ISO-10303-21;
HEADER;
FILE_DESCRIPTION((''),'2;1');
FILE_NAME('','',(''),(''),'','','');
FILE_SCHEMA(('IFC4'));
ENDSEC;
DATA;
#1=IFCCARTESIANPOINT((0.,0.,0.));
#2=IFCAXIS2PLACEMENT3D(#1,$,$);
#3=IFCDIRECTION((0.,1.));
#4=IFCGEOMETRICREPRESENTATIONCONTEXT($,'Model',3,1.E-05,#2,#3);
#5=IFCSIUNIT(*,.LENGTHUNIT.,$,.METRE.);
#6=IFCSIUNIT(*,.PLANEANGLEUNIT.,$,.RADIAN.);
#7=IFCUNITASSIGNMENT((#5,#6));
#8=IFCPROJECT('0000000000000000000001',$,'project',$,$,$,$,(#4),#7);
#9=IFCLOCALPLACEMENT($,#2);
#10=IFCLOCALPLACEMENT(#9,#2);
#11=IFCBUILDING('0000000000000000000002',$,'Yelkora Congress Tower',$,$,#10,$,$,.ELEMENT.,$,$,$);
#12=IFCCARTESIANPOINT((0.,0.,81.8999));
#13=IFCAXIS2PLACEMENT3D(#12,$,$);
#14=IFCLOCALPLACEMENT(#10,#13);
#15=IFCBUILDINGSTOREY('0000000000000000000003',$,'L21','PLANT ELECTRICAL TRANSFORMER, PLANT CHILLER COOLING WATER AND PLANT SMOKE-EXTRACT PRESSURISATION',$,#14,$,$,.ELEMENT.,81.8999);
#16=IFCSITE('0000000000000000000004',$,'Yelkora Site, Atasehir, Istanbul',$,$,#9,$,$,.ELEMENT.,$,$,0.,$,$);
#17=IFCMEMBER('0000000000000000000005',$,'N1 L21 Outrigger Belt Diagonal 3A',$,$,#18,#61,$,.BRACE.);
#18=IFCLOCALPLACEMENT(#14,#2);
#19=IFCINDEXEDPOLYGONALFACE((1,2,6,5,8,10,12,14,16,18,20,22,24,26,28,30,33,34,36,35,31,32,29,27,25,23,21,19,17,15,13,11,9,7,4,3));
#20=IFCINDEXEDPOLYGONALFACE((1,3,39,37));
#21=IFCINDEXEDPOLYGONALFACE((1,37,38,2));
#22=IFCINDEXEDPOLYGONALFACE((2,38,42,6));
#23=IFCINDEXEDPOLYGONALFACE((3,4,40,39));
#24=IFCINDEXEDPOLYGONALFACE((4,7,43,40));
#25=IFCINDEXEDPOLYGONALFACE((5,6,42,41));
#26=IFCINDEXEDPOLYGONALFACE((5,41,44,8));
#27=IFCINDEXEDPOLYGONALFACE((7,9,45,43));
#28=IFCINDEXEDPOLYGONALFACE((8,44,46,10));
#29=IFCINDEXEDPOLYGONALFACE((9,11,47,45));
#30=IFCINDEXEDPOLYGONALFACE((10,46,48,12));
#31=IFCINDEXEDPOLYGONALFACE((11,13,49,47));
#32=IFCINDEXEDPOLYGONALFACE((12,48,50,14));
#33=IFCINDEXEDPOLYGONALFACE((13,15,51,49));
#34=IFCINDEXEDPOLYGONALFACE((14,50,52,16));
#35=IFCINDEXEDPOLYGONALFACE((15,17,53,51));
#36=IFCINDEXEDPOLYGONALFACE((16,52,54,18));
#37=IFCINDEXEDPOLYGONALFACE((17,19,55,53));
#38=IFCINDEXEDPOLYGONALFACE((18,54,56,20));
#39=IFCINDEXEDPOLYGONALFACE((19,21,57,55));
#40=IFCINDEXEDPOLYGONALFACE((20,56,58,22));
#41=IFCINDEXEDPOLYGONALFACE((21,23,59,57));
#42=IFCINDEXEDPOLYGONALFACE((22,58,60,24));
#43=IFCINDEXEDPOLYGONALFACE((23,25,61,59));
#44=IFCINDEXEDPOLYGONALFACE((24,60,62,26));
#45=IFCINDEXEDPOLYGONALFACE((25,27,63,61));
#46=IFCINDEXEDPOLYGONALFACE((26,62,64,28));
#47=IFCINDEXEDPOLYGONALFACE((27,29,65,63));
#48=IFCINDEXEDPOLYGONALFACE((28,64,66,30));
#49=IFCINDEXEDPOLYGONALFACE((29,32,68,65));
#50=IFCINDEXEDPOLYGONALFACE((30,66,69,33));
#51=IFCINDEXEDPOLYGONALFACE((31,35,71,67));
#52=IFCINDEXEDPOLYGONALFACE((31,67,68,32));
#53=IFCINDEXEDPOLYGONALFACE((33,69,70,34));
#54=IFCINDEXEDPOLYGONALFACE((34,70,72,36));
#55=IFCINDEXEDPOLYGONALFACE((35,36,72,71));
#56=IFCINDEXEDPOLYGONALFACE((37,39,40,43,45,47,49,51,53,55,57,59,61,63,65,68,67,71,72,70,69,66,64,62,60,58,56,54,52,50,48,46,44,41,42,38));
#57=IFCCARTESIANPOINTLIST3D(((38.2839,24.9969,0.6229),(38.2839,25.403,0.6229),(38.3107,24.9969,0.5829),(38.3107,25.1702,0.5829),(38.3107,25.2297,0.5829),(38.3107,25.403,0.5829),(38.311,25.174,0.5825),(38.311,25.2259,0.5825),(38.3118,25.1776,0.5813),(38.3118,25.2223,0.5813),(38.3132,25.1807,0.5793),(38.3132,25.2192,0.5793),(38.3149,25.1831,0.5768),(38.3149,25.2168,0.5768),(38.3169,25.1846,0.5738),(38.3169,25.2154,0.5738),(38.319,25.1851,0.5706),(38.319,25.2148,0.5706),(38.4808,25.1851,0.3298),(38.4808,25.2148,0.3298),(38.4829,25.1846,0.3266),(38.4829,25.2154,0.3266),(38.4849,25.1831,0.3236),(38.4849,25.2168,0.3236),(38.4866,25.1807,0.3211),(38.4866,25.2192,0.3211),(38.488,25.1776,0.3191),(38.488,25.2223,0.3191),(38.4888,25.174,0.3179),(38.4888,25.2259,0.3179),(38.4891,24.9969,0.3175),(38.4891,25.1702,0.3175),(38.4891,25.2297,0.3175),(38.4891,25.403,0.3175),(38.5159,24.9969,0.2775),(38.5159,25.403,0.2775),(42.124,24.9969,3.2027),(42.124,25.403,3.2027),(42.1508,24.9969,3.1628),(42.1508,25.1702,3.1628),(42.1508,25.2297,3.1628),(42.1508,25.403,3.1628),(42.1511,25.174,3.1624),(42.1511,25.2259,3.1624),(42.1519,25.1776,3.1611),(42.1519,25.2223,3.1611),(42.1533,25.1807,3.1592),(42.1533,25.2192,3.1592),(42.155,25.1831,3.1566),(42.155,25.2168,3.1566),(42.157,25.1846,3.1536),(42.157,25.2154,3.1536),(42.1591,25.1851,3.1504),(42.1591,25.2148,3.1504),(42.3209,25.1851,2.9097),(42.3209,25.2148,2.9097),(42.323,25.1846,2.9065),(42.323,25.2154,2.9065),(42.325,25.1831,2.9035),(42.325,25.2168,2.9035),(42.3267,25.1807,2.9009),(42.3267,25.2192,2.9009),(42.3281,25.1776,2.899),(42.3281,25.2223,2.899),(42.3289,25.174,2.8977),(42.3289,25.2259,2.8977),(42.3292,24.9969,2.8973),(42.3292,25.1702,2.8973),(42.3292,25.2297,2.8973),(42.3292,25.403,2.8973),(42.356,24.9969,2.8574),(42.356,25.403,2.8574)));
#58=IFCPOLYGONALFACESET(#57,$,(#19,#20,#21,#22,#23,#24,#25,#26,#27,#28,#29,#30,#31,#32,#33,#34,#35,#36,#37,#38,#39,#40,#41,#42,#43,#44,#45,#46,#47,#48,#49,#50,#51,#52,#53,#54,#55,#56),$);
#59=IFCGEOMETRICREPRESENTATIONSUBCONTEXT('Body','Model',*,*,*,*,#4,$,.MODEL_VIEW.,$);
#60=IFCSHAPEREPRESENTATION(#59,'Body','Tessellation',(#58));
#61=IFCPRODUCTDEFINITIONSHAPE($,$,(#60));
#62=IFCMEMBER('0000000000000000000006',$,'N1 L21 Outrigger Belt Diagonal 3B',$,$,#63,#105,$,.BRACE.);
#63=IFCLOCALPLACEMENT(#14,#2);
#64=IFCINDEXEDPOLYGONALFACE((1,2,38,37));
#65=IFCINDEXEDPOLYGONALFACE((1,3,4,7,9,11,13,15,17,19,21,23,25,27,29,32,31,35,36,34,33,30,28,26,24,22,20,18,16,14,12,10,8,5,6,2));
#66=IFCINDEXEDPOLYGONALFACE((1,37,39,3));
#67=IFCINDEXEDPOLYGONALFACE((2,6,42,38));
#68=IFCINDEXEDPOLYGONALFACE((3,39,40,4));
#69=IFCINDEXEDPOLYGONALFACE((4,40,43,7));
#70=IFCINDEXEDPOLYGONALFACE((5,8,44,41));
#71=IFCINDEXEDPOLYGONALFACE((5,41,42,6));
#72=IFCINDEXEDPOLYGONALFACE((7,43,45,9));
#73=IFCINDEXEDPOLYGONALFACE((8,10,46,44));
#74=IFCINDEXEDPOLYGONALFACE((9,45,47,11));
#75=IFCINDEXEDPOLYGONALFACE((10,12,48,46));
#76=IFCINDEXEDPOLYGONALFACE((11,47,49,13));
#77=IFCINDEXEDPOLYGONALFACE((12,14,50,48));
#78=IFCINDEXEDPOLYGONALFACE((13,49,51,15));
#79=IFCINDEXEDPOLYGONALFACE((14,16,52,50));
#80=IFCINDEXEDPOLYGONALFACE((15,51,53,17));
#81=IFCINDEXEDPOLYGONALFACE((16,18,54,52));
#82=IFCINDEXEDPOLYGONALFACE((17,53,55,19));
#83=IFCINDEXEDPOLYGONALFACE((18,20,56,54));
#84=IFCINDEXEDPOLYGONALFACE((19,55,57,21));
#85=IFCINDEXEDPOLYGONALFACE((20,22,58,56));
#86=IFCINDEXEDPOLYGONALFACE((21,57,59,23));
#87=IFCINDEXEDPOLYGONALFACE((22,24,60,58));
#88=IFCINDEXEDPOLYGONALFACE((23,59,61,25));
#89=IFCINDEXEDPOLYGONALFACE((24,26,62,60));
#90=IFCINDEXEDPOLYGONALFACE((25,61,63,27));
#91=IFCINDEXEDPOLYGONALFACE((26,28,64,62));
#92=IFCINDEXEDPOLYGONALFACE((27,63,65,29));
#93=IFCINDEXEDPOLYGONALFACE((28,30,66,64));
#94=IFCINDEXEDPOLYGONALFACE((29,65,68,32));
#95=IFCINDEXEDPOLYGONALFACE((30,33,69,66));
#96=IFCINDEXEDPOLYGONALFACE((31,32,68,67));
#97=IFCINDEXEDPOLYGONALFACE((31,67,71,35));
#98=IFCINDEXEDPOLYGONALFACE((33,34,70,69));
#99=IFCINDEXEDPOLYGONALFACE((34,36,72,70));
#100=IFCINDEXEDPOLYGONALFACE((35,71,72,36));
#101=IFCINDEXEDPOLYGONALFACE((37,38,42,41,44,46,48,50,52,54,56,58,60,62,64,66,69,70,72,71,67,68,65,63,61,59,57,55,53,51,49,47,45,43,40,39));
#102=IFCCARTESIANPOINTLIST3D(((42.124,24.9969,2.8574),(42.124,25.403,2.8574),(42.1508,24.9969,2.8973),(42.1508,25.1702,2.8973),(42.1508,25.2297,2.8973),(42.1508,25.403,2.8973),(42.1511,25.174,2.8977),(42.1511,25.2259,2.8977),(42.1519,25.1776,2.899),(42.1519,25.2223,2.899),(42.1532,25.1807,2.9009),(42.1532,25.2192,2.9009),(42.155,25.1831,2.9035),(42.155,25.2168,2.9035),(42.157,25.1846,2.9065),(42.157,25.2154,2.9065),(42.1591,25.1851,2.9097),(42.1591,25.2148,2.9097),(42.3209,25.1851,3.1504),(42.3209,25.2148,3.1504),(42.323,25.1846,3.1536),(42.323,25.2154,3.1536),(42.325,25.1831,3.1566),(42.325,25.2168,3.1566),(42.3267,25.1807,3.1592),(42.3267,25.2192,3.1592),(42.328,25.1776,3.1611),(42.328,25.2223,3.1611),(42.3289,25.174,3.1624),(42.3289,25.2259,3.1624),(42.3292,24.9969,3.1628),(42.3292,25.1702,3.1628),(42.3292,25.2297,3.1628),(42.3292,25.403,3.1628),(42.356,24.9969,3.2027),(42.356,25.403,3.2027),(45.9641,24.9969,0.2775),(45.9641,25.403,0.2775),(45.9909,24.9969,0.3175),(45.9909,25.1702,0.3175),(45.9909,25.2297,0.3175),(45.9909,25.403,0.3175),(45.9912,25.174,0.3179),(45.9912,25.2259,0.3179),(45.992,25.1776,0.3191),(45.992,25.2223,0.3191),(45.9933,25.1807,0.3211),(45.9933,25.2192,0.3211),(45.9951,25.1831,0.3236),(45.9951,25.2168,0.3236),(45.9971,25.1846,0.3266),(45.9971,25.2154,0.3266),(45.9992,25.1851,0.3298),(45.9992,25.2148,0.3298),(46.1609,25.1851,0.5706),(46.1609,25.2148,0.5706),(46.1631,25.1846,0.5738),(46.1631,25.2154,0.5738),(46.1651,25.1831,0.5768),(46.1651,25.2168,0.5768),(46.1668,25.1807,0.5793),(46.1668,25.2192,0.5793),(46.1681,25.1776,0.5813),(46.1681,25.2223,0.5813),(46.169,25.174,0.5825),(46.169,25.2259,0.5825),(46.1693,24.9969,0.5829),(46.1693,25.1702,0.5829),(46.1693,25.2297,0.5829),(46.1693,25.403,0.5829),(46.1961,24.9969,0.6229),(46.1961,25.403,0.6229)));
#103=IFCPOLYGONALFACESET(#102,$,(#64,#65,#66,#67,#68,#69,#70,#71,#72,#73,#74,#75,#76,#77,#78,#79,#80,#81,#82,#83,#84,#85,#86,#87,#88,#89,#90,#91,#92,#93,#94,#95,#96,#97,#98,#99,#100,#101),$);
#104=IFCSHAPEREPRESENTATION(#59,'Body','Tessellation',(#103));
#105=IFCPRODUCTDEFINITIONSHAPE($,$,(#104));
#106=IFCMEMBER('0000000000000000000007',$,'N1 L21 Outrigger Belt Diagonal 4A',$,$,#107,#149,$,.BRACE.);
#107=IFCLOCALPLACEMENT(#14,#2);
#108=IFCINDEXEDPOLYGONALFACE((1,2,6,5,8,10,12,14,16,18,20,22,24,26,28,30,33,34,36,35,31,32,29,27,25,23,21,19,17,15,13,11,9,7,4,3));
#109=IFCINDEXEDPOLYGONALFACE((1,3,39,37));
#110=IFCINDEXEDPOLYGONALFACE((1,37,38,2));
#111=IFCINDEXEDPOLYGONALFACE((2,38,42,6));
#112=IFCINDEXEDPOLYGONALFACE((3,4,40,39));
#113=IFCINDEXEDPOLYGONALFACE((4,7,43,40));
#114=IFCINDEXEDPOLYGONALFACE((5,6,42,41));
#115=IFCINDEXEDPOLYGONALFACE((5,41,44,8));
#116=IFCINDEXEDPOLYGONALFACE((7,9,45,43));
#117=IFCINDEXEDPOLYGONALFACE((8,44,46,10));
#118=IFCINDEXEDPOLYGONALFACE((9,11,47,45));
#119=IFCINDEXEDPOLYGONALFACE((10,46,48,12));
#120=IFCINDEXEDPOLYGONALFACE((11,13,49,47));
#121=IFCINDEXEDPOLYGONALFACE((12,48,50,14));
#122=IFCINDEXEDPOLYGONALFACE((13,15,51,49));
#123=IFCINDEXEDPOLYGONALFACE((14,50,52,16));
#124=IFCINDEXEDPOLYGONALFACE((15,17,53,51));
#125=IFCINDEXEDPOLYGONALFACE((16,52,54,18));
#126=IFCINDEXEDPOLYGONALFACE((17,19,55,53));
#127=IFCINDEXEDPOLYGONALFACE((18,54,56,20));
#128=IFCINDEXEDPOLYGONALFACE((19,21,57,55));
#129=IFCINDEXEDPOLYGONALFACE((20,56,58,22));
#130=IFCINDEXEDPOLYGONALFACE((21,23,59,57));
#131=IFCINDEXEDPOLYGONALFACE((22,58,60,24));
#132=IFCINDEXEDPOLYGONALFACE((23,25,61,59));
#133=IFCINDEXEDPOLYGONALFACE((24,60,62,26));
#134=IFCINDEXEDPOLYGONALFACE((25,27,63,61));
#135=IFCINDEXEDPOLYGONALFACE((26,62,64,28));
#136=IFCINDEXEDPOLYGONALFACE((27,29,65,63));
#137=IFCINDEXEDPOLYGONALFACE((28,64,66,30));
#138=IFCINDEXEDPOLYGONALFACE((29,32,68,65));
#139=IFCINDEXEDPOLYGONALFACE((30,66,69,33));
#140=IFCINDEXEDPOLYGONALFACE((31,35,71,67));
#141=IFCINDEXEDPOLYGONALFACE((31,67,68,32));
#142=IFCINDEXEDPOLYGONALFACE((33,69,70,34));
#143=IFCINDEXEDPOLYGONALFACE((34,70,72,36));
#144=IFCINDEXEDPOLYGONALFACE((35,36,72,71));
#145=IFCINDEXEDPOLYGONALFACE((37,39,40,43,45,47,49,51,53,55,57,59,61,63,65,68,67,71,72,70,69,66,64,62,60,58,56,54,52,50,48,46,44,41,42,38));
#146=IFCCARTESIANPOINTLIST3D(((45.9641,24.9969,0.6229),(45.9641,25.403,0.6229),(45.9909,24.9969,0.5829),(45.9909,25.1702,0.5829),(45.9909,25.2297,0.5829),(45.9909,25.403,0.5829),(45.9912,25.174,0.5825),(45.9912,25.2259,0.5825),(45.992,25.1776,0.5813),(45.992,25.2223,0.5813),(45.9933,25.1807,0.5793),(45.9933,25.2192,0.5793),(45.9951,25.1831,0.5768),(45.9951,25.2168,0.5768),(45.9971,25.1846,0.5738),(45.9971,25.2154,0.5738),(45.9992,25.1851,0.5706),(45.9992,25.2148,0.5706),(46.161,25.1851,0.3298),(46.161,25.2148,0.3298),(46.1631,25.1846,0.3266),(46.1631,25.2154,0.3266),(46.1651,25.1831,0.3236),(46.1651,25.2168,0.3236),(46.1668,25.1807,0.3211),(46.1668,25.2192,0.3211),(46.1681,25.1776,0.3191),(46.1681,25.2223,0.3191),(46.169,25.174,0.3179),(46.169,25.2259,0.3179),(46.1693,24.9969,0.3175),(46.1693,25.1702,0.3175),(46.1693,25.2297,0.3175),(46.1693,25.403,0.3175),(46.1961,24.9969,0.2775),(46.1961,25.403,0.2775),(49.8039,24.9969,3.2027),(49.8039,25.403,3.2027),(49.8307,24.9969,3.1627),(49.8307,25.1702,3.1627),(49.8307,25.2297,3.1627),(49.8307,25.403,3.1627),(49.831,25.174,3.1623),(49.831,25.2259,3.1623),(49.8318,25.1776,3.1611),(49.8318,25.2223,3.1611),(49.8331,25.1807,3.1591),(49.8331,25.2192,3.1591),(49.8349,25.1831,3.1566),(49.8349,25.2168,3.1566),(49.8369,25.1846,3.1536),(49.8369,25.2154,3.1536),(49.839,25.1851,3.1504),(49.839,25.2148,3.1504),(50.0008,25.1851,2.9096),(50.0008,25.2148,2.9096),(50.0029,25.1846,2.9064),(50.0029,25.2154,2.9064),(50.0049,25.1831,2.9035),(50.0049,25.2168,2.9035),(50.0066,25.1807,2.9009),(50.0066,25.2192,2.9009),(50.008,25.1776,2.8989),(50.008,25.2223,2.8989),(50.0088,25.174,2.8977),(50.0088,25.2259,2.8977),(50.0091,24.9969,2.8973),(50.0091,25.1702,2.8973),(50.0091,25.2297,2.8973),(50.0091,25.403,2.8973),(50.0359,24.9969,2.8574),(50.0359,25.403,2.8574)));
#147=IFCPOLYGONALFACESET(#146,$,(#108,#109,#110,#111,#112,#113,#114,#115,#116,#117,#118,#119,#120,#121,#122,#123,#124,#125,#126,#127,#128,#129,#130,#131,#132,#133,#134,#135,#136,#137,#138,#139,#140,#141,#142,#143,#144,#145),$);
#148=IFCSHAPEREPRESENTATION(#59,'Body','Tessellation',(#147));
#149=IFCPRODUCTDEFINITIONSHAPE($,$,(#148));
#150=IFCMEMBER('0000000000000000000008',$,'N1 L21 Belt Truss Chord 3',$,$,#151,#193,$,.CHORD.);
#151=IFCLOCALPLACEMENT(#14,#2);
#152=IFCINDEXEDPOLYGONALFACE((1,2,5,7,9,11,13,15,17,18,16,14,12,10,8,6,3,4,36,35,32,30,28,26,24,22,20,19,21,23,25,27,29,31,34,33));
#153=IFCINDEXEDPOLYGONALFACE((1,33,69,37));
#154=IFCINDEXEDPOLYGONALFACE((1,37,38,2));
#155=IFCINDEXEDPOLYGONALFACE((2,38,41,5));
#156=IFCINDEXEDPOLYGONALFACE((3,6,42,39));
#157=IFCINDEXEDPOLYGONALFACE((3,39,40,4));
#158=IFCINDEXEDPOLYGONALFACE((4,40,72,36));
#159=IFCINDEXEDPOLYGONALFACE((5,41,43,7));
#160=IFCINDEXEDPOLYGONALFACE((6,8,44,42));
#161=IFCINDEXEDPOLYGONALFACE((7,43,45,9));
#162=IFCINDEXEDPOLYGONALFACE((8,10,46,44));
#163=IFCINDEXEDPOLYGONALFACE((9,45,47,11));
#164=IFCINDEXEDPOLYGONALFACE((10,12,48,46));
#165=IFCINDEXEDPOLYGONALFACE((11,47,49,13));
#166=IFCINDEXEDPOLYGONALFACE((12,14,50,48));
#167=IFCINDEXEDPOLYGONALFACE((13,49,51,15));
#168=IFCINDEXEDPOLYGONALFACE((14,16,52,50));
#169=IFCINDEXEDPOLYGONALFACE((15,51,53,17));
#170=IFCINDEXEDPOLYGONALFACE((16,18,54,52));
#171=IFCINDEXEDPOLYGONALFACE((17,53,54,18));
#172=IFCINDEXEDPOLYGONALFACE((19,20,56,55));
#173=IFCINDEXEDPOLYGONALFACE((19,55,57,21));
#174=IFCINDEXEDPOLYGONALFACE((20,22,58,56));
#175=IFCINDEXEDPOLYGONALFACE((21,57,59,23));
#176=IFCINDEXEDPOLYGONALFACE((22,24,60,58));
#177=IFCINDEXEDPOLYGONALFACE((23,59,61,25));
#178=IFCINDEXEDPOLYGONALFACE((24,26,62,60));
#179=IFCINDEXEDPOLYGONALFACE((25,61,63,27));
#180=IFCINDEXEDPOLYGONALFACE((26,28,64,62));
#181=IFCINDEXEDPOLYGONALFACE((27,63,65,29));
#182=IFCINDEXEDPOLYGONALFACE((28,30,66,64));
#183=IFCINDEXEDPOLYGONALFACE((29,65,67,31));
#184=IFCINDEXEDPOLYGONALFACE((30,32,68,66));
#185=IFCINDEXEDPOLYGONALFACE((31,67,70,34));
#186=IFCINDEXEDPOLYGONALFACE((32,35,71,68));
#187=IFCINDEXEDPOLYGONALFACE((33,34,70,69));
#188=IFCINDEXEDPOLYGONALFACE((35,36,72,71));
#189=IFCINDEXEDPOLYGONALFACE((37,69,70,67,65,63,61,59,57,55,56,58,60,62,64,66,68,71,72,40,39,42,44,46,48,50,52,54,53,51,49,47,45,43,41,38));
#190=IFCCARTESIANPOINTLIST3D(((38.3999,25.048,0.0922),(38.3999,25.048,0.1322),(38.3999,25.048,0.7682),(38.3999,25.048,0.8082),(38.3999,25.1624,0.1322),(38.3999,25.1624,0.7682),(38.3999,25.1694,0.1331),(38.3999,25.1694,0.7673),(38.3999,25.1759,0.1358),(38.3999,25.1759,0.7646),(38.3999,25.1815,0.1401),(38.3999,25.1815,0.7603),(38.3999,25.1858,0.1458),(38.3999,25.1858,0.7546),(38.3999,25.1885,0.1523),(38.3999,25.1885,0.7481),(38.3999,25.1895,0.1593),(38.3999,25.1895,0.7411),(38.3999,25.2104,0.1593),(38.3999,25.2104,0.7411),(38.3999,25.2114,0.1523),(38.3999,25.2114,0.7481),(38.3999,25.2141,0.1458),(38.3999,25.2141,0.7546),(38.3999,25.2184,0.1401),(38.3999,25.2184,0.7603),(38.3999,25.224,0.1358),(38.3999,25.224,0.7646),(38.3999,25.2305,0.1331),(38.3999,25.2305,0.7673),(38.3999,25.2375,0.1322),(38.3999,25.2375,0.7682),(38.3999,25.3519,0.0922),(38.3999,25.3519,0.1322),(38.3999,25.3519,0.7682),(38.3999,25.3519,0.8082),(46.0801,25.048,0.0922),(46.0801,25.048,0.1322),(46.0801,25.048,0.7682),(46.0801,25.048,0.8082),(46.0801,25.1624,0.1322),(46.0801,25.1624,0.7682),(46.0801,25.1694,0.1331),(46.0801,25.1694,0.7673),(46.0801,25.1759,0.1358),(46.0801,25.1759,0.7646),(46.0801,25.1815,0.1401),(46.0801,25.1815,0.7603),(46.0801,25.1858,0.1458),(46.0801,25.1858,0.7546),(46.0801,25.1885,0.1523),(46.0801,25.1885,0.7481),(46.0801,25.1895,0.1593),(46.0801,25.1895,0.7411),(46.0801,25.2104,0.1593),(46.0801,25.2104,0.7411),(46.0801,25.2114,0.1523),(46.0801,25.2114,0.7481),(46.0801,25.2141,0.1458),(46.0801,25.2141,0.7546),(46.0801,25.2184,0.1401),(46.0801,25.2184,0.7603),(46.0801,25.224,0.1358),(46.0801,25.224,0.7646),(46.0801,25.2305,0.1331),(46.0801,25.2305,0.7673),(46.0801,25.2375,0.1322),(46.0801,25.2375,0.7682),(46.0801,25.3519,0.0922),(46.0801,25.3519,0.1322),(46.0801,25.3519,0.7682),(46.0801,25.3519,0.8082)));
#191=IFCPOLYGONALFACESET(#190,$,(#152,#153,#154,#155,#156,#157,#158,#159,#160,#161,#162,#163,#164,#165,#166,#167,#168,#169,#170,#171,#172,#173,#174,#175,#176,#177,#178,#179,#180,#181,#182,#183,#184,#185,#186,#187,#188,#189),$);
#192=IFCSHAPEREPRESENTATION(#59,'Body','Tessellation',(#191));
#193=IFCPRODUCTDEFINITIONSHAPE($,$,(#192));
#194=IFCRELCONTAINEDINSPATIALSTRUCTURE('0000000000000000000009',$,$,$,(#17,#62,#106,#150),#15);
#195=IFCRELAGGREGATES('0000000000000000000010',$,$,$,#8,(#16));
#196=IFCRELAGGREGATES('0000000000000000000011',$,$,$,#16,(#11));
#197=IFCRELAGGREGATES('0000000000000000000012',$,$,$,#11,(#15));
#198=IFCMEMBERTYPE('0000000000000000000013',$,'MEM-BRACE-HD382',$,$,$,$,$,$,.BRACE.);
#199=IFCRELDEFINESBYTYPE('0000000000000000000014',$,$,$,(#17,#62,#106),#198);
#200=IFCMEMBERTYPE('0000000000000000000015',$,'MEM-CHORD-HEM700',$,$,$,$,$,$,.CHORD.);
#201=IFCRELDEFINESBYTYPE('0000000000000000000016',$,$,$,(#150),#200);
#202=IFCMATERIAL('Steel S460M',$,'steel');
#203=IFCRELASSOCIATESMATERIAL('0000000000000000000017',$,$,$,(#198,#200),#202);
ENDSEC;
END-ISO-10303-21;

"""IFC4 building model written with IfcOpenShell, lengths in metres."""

from ifc_helpers import new_model, si_unit, direction, frame, origin, origin_2d, place, context, subcontext, project, spatial, i_section, extrude, material, material_profile, profile_set, type_object, element, save


model = new_model("IFC4")

# Units and contexts
model_context = context("Model", 3, precision=1e-05, world=origin(), true_north=direction((0.0, 1.0)))
body_context = subcontext(model_context, "Body", "Model", "MODEL_VIEW")
ifc_project = project(units=[si_unit("LENGTHUNIT", "METRE"), si_unit("PLANEANGLEUNIT", "RADIAN")], contexts=[model_context])

# Site, building, storey
site_placement = place(None, origin())
site = spatial("IfcSite", under=ifc_project, at=site_placement, Name="Yelkora Site, Atasehir, Istanbul", CompositionType="ELEMENT", RefElevation=0.0)
building_placement = place(site_placement, origin())
building = spatial("IfcBuilding", under=site, at=building_placement, Name="Yelkora Congress Tower", CompositionType="ELEMENT")
storey_placement = place(building_placement, frame((0.0, 0.0, 81.8999)))
storey = spatial("IfcBuildingStorey", under=building, at=storey_placement, Name="L21", Description="PLANT ELECTRICAL TRANSFORMER, PLANT CHILLER COOLING WATER AND PLANT SMOKE-EXTRACT PRESSURISATION", CompositionType="ELEMENT", Elevation=81.8999)

# Shared definitions
ifc_material_1 = material(Name="Steel S460M", Category="steel")

# Members
ifc_material_profile_1 = material_profile(ifc_material_1, i_section(OverallWidth=0.406, OverallDepth=0.416, WebThickness=0.0298, FlangeThickness=0.0481, FilletRadius=0.0149, at=origin_2d()), Name="HD 400x382")
ifc_profile_set_1 = profile_set([ifc_material_profile_1], Name="Steel S460M")
member_type_1 = type_object("IfcMemberType", Name="MEM-BRACE-HD382", PredefinedType="BRACE", material=ifc_profile_set_1)
for number, where, z_axis, x_axis, name in (
    (1, (38.3999, 25.2, 0.4502), (0.830072, 0.0, 0.557656), (0.0, 1.0, 0.0), "N1 L21 Outrigger Belt Diagonal 3A"),
    (2, (46.0801, 25.2, 0.4502), (-0.830072, 0.0, 0.557656), (0.0, -1.0, 0.0), "N1 L21 Outrigger Belt Diagonal 3B"),
):
    element("IfcMember", number, at=place(storey_placement, frame(where, z_axis=z_axis, x_axis=x_axis)), inside=storey, type_object=member_type_1, Name=name, PredefinedType="BRACE", context=body_context, shape_type="SweptSolid", body=[
        extrude(i_section(OverallWidth=0.406, OverallDepth=0.416, WebThickness=0.0298, FlangeThickness=0.0481, FilletRadius=0.0149, at=origin_2d()), origin(), (0.0, 0.0, 1.0), 4.6262),
    ])
member_1_placement = place(storey_placement, frame((46.0801, 25.2, 0.4502), z_axis=(0.830056, 0.0, 0.55768), x_axis=(0.0, 1.0, 0.0)))
element("IfcMember", 3, at=member_1_placement, inside=storey, type_object=member_type_1, Name="N1 L21 Outrigger Belt Diagonal 4A", PredefinedType="BRACE", context=body_context, shape_type="SweptSolid", body=[
    extrude(i_section(OverallWidth=0.406, OverallDepth=0.416, WebThickness=0.0298, FlangeThickness=0.0481, FilletRadius=0.0149, at=origin_2d()), origin(), (0.0, 0.0, 1.0), 4.626),
])
ifc_material_profile_2 = material_profile(ifc_material_1, i_section(OverallWidth=0.304, OverallDepth=0.7161, WebThickness=0.021, FlangeThickness=0.04, FilletRadius=0.0271, at=origin_2d()), Name="HEM 700")
ifc_profile_set_2 = profile_set([ifc_material_profile_2], Name="Steel S460M")
member_type_2 = type_object("IfcMemberType", Name="MEM-CHORD-HEM700", PredefinedType="CHORD", material=ifc_profile_set_2)
member_2_placement = place(storey_placement, frame((38.3999, 25.2, 0.4502), z_axis=(1.0, 0.0, 0.0), x_axis=(0.0, 1.0, 0.0)))
element("IfcMember", 4, at=member_2_placement, inside=storey, type_object=member_type_2, Name="N1 L21 Belt Truss Chord 3", PredefinedType="CHORD", context=body_context, shape_type="SweptSolid", body=[
    extrude(i_section(OverallWidth=0.304, OverallDepth=0.7161, WebThickness=0.021, FlangeThickness=0.04, FilletRadius=0.0271, at=origin_2d()), origin(), (0.0, 0.0, 1.0), 7.6802),
])

save(model, "model.ifc")
